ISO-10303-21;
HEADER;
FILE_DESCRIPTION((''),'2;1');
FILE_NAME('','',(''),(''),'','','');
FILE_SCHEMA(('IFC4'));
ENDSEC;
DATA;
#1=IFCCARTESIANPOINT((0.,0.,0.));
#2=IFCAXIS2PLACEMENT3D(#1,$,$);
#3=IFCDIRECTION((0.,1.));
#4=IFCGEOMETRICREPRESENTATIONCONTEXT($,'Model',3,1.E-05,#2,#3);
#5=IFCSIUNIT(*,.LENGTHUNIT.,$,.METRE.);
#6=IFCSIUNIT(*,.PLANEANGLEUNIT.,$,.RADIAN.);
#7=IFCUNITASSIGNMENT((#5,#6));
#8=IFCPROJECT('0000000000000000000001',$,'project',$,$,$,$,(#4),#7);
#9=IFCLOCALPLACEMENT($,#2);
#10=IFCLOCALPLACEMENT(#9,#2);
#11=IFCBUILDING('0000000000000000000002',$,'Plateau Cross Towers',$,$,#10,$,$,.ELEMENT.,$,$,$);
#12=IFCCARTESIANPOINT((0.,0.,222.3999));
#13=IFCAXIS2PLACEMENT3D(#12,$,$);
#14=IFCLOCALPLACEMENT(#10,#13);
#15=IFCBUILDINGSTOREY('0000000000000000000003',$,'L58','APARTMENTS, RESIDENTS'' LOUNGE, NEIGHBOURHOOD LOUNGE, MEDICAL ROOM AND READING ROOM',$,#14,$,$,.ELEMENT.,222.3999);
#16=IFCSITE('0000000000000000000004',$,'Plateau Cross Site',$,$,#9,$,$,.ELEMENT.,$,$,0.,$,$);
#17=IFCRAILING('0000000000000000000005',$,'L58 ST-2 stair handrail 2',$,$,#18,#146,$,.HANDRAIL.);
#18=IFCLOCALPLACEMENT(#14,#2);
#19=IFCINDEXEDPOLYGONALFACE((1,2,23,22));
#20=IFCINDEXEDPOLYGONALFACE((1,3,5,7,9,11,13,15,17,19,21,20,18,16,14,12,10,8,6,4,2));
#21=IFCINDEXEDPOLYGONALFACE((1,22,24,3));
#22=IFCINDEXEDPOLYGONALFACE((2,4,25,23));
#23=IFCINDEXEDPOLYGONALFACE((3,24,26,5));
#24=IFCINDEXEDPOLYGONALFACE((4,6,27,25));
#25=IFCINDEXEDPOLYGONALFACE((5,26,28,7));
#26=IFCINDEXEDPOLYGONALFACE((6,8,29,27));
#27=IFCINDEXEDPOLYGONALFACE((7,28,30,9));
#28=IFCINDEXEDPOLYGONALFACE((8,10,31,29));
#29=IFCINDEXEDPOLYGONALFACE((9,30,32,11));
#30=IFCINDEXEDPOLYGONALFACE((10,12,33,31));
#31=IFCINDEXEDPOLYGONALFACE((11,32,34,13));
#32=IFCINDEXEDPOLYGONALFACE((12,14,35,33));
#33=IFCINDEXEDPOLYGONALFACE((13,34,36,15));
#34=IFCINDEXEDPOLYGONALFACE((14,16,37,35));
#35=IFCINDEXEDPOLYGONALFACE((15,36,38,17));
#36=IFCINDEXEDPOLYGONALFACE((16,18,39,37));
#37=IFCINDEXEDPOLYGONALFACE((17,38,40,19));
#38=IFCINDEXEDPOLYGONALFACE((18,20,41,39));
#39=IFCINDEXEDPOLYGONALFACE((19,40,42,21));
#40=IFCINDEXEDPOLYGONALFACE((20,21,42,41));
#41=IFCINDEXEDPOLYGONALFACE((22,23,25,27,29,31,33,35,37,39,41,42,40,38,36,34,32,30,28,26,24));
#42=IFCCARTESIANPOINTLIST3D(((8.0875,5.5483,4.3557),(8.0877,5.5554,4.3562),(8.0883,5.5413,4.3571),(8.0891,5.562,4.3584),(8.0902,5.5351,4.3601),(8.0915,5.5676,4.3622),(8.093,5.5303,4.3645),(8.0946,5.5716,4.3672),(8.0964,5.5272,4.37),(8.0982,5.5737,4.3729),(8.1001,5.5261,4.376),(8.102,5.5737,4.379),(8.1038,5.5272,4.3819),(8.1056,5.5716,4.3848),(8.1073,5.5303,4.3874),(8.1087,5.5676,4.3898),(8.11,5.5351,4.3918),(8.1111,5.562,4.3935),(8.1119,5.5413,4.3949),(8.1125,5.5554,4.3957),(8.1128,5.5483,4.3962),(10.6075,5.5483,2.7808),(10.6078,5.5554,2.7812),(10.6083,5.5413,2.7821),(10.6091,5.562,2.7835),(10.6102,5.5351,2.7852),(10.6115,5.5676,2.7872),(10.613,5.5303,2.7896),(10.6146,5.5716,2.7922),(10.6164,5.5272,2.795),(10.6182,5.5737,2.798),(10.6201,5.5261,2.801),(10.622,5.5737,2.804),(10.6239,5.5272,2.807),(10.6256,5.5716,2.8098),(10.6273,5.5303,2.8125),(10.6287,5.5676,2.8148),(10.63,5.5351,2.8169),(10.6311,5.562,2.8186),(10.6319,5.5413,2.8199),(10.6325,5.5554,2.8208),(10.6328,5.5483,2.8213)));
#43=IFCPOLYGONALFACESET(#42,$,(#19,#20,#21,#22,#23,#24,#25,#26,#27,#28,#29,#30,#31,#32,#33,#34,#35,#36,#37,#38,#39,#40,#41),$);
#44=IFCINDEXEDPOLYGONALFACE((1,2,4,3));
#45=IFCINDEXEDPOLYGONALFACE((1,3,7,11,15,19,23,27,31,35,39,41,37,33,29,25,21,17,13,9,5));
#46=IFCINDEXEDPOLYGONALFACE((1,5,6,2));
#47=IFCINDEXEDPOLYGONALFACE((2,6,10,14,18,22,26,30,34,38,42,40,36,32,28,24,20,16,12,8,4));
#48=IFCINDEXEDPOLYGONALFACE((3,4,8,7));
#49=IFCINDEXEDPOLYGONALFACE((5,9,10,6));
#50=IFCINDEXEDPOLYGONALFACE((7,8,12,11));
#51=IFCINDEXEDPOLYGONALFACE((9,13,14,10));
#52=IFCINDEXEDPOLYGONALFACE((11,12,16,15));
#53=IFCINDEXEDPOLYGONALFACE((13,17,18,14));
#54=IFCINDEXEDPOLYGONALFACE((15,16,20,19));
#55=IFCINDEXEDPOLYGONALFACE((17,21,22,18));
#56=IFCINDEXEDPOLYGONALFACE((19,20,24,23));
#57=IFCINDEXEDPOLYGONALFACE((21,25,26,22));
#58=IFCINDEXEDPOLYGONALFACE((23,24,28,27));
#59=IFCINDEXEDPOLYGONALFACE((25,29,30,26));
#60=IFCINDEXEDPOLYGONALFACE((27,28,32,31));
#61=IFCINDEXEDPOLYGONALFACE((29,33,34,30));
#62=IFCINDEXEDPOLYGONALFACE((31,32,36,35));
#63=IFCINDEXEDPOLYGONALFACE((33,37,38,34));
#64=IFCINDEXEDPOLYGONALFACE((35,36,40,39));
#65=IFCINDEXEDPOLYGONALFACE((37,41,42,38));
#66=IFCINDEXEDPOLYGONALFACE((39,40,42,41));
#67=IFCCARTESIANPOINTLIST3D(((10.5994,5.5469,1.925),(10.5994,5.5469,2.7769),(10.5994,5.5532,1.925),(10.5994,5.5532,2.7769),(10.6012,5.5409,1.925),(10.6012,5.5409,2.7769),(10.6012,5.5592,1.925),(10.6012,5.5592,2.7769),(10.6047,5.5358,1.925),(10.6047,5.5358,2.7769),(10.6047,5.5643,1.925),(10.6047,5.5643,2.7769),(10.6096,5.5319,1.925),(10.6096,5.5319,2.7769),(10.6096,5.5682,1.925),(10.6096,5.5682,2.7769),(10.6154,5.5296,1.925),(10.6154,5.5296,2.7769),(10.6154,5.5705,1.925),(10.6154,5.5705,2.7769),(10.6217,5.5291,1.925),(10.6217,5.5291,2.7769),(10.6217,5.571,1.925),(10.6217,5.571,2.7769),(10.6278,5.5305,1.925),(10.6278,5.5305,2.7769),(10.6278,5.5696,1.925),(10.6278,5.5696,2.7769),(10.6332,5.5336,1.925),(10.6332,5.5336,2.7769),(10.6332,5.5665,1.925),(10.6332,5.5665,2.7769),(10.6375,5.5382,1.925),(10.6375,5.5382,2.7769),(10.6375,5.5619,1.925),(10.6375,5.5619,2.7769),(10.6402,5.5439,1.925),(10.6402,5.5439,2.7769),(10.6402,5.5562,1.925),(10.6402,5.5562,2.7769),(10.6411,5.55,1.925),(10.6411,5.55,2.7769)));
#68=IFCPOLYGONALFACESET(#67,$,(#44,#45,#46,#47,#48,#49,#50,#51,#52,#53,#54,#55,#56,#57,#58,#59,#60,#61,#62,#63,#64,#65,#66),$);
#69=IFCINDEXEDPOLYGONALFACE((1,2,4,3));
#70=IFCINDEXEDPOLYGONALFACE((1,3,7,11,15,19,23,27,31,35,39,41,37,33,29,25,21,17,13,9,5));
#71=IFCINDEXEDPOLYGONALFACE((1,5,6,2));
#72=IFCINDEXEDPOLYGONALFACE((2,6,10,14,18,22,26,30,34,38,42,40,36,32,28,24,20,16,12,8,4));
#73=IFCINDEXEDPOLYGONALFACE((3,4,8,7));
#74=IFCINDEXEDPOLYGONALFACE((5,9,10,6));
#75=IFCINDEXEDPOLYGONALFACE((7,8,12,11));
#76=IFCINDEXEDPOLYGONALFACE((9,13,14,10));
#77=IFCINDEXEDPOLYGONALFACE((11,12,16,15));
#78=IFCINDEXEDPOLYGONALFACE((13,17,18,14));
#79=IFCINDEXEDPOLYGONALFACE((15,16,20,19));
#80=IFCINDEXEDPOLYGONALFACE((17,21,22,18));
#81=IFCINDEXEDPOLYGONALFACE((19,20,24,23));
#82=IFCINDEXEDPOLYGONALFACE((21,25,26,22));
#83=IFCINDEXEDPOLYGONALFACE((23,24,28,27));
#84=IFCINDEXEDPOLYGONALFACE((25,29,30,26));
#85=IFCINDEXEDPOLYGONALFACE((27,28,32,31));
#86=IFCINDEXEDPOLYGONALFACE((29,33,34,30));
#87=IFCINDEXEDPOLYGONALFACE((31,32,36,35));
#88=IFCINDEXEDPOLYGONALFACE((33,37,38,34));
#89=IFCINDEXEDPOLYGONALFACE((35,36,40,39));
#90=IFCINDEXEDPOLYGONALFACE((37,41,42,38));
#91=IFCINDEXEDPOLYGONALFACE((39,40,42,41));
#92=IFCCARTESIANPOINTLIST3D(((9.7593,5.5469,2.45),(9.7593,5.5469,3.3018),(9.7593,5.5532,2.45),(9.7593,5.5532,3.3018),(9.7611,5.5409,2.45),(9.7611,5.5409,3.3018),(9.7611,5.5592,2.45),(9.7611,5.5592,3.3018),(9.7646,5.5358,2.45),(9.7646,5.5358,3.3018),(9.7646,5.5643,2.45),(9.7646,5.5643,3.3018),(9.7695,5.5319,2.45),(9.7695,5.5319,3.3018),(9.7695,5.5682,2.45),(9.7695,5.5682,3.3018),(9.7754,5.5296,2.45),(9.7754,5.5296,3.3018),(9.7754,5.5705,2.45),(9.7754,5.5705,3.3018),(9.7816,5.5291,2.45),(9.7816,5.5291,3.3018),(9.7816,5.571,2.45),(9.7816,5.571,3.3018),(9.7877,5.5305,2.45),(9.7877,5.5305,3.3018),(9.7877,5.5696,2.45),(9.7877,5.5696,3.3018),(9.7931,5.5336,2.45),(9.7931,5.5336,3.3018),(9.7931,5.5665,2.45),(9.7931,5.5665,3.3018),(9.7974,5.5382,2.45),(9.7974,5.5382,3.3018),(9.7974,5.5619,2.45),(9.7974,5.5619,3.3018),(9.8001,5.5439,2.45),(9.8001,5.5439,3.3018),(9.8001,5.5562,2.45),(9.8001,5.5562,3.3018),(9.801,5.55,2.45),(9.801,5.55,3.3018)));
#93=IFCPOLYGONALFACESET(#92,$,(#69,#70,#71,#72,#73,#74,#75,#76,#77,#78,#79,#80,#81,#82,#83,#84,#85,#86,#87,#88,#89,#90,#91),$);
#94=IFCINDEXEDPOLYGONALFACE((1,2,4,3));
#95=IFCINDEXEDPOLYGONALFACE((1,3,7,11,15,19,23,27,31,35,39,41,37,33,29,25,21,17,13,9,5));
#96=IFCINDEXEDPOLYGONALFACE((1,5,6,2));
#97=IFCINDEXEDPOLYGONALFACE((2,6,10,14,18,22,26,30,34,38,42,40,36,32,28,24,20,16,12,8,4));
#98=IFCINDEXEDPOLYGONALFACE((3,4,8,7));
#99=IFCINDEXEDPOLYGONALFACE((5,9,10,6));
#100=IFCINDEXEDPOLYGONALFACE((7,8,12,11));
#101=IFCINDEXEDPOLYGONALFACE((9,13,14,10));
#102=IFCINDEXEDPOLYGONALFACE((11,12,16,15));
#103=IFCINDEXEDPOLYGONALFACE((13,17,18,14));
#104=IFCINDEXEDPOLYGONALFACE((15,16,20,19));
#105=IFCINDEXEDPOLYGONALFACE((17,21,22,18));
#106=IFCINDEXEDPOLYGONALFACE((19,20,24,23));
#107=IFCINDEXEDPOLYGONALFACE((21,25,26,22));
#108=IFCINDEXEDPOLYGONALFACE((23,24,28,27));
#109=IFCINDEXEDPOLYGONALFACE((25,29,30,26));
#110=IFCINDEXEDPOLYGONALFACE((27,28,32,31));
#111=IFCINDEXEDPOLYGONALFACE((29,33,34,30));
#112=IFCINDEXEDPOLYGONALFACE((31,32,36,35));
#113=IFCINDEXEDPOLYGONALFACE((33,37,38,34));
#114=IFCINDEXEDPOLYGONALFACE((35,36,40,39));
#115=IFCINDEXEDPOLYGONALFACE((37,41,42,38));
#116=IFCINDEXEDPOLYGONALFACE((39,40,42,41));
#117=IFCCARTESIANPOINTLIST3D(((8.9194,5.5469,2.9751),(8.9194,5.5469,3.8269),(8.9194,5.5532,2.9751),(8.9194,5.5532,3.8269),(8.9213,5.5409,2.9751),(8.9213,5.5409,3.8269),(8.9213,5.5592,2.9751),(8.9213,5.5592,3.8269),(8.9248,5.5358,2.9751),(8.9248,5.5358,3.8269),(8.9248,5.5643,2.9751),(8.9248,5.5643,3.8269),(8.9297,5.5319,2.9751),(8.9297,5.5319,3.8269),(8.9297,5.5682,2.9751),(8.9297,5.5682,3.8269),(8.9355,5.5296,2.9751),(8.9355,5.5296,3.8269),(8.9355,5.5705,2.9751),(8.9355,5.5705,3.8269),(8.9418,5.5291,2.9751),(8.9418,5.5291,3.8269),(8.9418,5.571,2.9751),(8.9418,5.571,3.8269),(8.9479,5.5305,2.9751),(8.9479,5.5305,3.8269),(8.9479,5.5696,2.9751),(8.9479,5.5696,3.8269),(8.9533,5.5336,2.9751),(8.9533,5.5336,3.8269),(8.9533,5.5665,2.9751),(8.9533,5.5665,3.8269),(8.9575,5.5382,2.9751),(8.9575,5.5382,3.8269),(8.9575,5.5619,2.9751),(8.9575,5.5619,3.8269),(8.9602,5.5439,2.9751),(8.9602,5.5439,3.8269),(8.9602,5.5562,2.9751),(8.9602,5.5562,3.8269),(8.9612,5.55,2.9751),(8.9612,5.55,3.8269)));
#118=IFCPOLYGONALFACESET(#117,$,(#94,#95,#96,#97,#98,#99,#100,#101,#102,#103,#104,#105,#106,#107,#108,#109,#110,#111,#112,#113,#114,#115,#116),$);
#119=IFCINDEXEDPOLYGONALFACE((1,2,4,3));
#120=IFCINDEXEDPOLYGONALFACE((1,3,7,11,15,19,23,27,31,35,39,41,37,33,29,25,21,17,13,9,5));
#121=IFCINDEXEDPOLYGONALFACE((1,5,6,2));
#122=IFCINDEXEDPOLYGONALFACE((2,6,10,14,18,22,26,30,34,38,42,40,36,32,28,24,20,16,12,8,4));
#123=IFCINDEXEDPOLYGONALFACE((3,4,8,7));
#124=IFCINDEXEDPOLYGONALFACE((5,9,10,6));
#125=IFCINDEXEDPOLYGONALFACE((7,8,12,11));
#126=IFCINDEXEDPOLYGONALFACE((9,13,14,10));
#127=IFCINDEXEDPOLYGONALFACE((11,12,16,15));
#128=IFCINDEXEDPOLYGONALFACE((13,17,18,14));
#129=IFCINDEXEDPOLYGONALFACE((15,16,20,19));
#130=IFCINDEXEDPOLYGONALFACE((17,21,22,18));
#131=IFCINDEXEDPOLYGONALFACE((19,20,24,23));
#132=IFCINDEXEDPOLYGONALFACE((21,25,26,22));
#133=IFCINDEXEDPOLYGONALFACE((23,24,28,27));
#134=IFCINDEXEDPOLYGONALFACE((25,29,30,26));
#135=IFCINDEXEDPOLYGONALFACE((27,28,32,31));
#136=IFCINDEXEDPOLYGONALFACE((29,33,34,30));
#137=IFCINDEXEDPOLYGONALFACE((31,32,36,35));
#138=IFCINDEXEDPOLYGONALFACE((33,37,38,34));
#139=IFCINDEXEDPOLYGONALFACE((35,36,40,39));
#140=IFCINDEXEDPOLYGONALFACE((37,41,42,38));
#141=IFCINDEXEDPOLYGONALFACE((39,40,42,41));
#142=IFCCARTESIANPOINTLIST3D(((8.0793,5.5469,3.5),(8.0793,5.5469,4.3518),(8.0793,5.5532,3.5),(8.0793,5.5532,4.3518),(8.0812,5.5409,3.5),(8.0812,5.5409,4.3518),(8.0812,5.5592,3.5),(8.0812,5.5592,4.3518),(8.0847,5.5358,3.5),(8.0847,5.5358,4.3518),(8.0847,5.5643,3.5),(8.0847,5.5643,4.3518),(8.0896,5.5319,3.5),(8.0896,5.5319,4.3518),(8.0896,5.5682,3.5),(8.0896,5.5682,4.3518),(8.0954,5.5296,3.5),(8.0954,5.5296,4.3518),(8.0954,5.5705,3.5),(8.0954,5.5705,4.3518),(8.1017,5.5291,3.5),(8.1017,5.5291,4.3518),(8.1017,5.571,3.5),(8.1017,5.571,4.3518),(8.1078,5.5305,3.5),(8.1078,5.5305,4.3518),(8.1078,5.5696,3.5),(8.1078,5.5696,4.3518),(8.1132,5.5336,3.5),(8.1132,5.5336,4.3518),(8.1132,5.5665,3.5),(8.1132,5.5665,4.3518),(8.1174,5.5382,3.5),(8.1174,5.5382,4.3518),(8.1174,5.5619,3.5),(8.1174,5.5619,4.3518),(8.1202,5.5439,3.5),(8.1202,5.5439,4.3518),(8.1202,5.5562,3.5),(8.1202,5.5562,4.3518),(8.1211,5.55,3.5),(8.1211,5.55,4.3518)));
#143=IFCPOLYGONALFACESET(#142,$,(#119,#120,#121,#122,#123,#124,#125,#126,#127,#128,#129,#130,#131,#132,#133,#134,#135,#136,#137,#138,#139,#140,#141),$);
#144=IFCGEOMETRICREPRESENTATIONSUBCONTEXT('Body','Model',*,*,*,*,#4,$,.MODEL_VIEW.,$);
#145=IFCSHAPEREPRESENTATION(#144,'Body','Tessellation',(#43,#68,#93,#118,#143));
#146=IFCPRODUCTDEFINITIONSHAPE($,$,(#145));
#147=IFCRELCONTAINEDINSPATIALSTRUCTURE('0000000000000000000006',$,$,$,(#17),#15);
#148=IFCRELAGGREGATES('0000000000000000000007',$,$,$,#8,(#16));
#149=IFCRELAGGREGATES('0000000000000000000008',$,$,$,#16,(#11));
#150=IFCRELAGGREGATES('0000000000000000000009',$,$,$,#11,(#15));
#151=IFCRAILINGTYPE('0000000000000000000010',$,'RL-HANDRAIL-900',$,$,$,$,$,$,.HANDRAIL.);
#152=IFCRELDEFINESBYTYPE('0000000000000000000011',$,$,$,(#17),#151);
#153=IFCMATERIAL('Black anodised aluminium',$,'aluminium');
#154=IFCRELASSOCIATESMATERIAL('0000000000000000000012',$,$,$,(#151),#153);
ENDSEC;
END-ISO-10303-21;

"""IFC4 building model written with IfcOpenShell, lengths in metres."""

from ifc_helpers import new_model, si_unit, direction, frame, origin, origin_2d, place, context, subcontext, project, spatial, circle, extrude, material, type_object, element, save


model = new_model("IFC4")

# Units and contexts
model_context = context("Model", 3, precision=1e-05, world=origin(), true_north=direction((0.0, 1.0)))
body_context = subcontext(model_context, "Body", "Model", "MODEL_VIEW")
ifc_project = project(units=[si_unit("LENGTHUNIT", "METRE"), si_unit("PLANEANGLEUNIT", "RADIAN")], contexts=[model_context])

# Site, building, storey
site_placement = place(None, origin())
site = spatial("IfcSite", under=ifc_project, at=site_placement, Name="Plateau Cross Site", CompositionType="ELEMENT", RefElevation=0.0)
building_placement = place(site_placement, origin())
building = spatial("IfcBuilding", under=site, at=building_placement, Name="Plateau Cross Towers", CompositionType="ELEMENT")
storey_placement = place(building_placement, frame((0.0, 0.0, 222.3999)))
storey = spatial("IfcBuildingStorey", under=building, at=storey_placement, Name="L58", Description="APARTMENTS, RESIDENTS' LOUNGE, NEIGHBOURHOOD LOUNGE, MEDICAL ROOM AND READING ROOM", CompositionType="ELEMENT", Elevation=222.3999)

# Shared definitions
ifc_material_1 = material(Name="Black anodised aluminium", Category="aluminium")

# Railing
railing_type_1 = type_object("IfcRailingType", Name="RL-HANDRAIL-900", PredefinedType="HANDRAIL", material=ifc_material_1)
railing_1_placement = place(storey_placement, frame((10.6201, 5.55, 1.925)))
element("IfcRailing", 1, at=railing_1_placement, inside=storey, type_object=railing_type_1, Name="L58 ST-2 stair handrail 2", PredefinedType="HANDRAIL", context=body_context, shape_type="SweptSolid", body=[
    extrude(circle(Radius=0.0239, at=origin_2d()), frame((0.0, 0.0, 0.876), z_axis=(-0.848008, 0.0, 0.529984), x_axis=(0.0, -1.0, 0.0)), (0.0, 0.0, 1.0), 2.9717),
    extrude(circle(Radius=0.021, at=origin_2d()), origin(), (0.0, 0.0, 1.0), 0.8518),
    extrude(circle(Radius=0.021, at=origin_2d()), frame((-0.8401, 0.0, 0.5249)), (0.0, 0.0, 1.0), 0.8518),
    extrude(circle(Radius=0.021, at=origin_2d()), frame((-1.6799, 0.0, 1.05)), (0.0, 0.0, 1.0), 0.8518),
    extrude(circle(Radius=0.021, at=origin_2d()), frame((-2.52, 0.0, 1.575)), (0.0, 0.0, 1.0), 0.8518),
])

save(model, "model.ifc")
